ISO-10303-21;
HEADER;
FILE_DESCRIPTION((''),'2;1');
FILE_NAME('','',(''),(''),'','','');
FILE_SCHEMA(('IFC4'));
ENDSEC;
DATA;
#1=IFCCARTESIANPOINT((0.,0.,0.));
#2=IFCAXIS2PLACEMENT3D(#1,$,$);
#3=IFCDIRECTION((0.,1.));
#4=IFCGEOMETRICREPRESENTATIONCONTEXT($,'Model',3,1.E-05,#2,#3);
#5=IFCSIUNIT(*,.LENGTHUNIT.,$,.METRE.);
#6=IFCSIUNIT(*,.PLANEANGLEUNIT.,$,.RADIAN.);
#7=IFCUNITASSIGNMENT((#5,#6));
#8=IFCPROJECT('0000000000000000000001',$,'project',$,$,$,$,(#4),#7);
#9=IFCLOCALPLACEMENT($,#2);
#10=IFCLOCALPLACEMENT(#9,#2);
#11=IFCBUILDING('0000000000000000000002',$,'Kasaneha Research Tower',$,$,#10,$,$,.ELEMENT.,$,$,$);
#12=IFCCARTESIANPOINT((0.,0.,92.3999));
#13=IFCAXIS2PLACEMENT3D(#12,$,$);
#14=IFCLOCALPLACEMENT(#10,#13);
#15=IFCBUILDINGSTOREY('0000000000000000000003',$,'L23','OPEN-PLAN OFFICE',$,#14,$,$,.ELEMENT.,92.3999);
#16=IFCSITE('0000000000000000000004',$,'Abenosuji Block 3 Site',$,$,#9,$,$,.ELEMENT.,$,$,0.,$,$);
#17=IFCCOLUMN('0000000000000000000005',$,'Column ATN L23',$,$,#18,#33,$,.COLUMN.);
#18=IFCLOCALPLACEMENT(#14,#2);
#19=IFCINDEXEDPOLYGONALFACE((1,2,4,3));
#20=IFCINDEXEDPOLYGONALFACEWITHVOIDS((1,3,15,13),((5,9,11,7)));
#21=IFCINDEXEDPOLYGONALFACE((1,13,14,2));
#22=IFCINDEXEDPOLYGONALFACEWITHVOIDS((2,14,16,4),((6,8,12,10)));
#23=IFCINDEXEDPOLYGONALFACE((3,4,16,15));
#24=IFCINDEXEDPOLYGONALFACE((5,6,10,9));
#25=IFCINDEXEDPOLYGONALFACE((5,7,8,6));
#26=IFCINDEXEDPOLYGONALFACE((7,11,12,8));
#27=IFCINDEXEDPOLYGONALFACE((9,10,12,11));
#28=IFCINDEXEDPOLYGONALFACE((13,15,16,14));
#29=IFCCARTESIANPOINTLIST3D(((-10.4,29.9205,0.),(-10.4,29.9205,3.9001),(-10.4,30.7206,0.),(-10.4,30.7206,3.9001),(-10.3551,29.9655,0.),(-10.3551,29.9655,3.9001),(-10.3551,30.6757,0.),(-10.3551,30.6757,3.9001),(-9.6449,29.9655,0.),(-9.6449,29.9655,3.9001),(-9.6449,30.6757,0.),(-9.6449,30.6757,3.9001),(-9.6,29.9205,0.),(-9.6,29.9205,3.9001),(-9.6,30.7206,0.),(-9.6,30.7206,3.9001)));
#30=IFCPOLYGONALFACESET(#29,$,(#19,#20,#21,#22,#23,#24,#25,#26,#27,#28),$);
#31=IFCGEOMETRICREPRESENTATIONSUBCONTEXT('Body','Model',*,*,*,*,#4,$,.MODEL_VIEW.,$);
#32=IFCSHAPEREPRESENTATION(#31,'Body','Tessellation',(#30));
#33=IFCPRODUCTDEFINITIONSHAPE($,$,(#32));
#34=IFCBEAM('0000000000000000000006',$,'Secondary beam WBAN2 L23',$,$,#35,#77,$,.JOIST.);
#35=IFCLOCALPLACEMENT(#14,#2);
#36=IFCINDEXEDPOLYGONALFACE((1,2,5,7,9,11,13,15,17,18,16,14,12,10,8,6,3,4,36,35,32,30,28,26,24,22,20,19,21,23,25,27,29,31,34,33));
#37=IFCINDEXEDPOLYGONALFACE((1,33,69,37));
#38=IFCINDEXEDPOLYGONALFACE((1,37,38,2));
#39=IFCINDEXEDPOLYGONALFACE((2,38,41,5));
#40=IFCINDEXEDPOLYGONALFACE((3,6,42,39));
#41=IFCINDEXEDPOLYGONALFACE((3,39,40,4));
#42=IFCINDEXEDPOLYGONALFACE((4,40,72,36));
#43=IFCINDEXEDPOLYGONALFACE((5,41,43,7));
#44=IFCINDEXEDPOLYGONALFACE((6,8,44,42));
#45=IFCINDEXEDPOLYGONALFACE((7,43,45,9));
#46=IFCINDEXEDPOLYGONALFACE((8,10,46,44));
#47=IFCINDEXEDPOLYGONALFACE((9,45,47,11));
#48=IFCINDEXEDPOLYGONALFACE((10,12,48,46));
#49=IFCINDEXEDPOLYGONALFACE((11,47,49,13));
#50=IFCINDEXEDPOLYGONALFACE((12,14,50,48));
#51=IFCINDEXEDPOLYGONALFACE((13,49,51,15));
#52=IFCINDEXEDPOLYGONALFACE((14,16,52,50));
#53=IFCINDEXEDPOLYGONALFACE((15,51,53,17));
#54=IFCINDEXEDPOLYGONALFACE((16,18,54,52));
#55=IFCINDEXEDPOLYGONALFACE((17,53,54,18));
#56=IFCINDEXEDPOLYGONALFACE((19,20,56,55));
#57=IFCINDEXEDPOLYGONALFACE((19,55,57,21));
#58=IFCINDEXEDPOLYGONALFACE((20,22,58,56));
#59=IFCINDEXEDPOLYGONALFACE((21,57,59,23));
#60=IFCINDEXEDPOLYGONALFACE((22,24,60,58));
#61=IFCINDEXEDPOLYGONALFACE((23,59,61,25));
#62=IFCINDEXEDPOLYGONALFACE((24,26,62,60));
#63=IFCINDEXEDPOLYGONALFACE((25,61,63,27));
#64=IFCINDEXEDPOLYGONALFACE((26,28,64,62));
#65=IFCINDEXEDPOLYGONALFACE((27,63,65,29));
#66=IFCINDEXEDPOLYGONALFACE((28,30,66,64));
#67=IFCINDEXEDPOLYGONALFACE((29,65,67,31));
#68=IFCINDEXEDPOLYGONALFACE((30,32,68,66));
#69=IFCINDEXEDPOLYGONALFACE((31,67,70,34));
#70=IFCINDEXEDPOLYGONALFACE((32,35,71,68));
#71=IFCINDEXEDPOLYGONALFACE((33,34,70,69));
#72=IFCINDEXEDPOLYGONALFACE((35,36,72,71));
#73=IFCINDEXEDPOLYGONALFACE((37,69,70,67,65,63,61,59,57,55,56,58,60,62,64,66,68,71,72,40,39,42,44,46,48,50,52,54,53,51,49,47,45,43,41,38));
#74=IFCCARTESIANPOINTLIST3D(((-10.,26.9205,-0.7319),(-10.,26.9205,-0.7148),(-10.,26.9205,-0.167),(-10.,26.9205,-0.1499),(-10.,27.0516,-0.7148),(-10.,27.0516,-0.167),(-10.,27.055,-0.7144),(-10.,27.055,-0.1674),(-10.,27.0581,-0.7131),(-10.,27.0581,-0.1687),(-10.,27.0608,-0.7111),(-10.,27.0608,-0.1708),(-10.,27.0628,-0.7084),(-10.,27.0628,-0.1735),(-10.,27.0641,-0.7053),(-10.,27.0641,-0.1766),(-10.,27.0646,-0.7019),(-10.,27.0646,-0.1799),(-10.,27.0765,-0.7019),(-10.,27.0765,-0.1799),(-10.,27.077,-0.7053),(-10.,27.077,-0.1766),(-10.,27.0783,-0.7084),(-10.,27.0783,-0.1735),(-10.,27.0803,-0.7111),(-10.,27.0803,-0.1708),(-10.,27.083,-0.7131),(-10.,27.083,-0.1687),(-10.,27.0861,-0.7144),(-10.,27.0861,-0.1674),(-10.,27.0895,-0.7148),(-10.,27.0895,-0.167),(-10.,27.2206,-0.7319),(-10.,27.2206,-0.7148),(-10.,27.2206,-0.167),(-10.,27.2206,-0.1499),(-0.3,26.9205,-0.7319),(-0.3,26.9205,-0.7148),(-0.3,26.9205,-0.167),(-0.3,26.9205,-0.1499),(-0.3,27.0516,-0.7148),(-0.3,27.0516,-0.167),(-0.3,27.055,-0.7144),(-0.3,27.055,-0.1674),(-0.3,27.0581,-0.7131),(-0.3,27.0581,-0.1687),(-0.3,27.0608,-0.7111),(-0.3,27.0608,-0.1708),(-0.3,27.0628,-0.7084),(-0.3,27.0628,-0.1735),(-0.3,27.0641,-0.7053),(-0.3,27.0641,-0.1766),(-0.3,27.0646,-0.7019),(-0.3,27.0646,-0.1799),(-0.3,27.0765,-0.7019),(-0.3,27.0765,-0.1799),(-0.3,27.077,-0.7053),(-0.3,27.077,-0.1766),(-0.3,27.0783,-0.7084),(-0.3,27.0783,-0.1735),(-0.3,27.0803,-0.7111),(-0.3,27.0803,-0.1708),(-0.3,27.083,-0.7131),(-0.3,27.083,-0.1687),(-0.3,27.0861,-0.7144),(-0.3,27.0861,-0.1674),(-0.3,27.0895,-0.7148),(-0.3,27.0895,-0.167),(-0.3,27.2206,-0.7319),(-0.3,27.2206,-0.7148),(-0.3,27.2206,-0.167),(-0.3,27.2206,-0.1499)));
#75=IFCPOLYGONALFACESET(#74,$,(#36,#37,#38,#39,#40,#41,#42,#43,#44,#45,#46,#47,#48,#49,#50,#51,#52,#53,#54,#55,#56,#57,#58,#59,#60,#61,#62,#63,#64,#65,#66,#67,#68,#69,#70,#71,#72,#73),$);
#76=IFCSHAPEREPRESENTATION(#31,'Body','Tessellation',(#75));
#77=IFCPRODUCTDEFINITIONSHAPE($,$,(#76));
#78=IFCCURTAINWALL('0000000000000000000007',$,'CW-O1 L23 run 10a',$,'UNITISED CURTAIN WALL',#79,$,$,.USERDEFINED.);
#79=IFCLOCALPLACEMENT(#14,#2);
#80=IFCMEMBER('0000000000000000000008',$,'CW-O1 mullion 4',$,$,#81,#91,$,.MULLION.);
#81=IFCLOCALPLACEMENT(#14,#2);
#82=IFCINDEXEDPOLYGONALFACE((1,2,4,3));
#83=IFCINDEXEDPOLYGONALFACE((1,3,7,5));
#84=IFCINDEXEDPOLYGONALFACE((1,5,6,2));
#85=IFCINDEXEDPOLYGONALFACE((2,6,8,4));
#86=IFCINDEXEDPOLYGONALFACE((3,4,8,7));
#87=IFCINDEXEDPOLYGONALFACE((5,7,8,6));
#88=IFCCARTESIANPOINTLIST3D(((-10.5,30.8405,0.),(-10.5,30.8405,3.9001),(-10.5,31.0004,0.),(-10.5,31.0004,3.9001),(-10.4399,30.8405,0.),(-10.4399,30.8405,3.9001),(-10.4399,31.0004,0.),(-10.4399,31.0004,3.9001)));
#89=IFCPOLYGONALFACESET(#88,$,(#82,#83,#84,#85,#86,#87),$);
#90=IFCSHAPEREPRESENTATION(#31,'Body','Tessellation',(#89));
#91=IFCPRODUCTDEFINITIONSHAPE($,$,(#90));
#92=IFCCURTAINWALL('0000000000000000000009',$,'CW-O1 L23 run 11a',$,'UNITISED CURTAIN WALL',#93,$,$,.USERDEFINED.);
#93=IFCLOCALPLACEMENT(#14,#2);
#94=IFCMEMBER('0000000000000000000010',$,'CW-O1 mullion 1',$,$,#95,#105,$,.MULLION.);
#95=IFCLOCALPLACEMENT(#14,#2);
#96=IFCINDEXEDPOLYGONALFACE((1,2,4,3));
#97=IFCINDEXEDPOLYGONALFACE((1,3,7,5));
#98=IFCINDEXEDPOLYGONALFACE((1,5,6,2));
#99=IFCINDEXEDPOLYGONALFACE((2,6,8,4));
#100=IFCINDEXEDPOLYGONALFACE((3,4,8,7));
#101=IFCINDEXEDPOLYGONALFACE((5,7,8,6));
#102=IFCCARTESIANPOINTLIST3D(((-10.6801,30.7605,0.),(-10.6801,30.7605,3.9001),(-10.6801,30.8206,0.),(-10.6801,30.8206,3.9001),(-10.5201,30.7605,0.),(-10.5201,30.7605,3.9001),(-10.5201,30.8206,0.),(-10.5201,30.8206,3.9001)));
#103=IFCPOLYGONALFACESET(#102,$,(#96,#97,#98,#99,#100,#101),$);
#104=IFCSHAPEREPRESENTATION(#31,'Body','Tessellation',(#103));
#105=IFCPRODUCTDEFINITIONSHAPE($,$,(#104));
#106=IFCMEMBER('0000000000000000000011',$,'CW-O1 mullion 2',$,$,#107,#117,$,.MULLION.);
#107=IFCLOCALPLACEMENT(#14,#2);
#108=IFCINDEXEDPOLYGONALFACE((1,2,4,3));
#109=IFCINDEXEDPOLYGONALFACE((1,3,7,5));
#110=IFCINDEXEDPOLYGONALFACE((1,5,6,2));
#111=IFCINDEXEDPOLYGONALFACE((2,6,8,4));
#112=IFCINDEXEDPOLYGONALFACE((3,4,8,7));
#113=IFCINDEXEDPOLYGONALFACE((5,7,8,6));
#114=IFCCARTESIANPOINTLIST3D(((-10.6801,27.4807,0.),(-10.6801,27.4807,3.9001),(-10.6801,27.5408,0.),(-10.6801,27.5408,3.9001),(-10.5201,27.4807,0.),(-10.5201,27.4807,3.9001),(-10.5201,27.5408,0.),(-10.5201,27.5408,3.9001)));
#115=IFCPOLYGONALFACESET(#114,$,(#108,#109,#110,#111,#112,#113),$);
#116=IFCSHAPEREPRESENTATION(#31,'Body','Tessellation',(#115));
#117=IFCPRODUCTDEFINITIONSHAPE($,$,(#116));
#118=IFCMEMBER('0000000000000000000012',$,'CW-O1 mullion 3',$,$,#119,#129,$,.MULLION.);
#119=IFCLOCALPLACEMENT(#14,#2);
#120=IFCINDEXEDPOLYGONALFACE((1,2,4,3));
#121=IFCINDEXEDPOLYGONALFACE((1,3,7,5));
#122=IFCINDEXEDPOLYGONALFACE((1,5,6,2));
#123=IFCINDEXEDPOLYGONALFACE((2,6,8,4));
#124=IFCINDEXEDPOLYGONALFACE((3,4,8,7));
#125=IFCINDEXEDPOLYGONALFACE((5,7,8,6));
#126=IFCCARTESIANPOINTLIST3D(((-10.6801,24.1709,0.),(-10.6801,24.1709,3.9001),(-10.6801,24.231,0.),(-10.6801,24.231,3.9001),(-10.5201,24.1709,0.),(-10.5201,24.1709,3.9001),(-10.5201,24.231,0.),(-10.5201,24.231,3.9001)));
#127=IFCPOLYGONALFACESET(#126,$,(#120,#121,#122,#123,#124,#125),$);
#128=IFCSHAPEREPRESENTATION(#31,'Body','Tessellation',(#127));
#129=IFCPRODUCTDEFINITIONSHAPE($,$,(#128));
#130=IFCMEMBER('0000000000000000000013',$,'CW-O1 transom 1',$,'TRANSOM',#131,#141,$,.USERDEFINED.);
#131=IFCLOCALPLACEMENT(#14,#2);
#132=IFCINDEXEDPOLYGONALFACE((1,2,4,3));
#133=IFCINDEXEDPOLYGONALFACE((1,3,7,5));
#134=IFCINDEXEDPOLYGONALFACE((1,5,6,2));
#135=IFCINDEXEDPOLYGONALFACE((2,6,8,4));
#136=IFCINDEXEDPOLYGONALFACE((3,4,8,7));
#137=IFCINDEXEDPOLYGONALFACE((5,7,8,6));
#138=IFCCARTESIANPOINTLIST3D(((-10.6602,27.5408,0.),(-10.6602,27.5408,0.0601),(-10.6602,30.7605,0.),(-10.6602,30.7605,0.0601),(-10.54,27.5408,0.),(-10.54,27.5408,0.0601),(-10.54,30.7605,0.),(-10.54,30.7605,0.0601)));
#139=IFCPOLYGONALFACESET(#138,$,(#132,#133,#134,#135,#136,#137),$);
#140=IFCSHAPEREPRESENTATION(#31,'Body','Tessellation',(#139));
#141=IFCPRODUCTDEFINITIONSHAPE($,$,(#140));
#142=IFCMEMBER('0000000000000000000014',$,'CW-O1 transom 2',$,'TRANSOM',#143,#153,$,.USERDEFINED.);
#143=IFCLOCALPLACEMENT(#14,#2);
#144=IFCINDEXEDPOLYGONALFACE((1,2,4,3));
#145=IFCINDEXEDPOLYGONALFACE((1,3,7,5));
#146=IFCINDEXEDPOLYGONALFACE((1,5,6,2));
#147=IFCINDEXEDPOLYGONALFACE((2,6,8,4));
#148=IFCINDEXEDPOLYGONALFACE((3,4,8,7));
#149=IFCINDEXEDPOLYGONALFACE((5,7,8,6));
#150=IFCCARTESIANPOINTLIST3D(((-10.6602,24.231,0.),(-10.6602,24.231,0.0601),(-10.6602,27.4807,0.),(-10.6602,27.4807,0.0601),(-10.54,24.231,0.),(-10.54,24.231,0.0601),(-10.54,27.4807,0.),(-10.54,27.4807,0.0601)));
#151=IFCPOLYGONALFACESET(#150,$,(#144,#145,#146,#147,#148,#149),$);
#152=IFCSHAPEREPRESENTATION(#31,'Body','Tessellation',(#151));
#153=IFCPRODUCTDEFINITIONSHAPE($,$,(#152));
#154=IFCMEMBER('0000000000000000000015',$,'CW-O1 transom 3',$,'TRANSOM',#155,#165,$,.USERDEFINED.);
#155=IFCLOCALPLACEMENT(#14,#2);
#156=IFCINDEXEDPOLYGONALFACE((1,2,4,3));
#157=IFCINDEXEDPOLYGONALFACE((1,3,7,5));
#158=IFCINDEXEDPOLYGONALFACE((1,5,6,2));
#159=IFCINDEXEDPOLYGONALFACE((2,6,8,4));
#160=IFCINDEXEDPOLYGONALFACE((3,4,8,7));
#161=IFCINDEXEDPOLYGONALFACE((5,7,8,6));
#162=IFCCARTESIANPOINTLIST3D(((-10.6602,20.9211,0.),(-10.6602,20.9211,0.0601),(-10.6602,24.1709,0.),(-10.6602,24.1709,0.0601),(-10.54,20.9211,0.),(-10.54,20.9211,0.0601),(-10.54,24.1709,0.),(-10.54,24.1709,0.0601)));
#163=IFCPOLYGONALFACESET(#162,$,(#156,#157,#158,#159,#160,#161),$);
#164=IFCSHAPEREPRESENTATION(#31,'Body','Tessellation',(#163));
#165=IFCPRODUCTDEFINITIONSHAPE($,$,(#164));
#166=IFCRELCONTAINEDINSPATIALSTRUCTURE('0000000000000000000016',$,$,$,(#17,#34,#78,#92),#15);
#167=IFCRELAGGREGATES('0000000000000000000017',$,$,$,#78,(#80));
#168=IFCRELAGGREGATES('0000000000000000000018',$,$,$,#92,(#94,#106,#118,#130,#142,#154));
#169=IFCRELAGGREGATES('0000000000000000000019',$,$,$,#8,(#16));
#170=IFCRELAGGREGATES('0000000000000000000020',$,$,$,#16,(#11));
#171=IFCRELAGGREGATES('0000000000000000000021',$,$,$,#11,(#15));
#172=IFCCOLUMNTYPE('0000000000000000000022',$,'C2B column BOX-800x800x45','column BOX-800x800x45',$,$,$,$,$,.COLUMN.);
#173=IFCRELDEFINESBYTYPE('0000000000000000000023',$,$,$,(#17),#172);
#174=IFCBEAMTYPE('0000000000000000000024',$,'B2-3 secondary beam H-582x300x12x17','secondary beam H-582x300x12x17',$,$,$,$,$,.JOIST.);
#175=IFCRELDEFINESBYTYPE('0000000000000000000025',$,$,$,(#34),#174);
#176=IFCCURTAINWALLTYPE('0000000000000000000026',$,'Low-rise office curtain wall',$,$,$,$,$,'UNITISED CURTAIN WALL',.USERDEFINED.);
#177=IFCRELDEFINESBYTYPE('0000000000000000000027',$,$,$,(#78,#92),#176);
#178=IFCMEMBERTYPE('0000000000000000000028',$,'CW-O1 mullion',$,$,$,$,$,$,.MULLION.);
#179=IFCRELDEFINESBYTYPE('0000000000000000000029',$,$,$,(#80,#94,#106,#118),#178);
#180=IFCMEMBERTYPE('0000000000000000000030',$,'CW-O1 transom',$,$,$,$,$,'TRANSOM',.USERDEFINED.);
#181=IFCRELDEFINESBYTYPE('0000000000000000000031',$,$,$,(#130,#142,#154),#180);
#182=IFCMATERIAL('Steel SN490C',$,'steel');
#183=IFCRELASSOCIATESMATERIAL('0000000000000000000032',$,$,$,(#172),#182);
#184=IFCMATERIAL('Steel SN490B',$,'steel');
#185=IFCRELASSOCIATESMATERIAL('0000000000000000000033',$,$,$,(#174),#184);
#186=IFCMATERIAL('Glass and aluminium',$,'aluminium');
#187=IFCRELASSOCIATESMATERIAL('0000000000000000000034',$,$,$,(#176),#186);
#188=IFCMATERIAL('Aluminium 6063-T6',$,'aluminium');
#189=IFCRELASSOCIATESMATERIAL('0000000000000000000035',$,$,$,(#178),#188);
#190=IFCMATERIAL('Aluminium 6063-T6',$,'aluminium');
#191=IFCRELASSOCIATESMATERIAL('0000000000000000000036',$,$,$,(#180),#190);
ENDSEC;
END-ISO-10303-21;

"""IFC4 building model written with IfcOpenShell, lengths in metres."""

from ifc_helpers import new_model, si_unit, direction, frame, origin, origin_2d, place, context, subcontext, project, spatial, rectangle, hollow_rectangle, i_section, extrude, material, material_profile, profile_set, type_object, element, aggregate, save


model = new_model("IFC4")

# Units and contexts
model_context = context("Model", 3, precision=1e-05, world=origin(), true_north=direction((0.0, 1.0)))
body_context = subcontext(model_context, "Body", "Model", "MODEL_VIEW")
ifc_project = project(units=[si_unit("LENGTHUNIT", "METRE"), si_unit("PLANEANGLEUNIT", "RADIAN")], contexts=[model_context])

# Site, building, storey
site_placement = place(None, origin())
site = spatial("IfcSite", under=ifc_project, at=site_placement, Name="Abenosuji Block 3 Site", CompositionType="ELEMENT", RefElevation=0.0)
building_placement = place(site_placement, origin())
building = spatial("IfcBuilding", under=site, at=building_placement, Name="Kasaneha Research Tower", CompositionType="ELEMENT")
storey_placement = place(building_placement, frame((0.0, 0.0, 92.3999)))
storey = spatial("IfcBuildingStorey", under=building, at=storey_placement, Name="L23", Description="OPEN-PLAN OFFICE", CompositionType="ELEMENT", Elevation=92.3999)

# Column
ifc_material_1 = material(Name="Steel SN490C", Category="steel")
ifc_material_profile_1 = material_profile(ifc_material_1, hollow_rectangle(XDim=0.8, YDim=0.8, WallThickness=0.0449, at=origin_2d()), Name="BOX-800x800x45")
ifc_profile_set_1 = profile_set([ifc_material_profile_1], Name="Steel SN490C")
column_type = type_object("IfcColumnType", Name="C2B column BOX-800x800x45", Description="column BOX-800x800x45", PredefinedType="COLUMN", material=ifc_profile_set_1)
column_placement = place(storey_placement, frame((-10.0, 30.3206, 0.0), z_axis=(0.0, 0.0, 1.0), x_axis=(1.0, 0.0, 0.0)))
element("IfcColumn", 1, at=column_placement, inside=storey, type_object=column_type, Name="Column ATN L23", PredefinedType="COLUMN", context=body_context, shape_type="SweptSolid", body=[
    extrude(hollow_rectangle(XDim=0.8, YDim=0.8, WallThickness=0.0449, at=origin_2d()), origin(), (0.0, 0.0, 1.0), 3.9001),
])

# Beam
ifc_material_2 = material(Name="Steel SN490B", Category="steel")
ifc_material_profile_2 = material_profile(ifc_material_2, i_section(OverallWidth=0.3, OverallDepth=0.582, WebThickness=0.012, FlangeThickness=0.0171, FilletRadius=0.0129, at=origin_2d()), Name="H-582x300x12x17")
ifc_profile_set_2 = profile_set([ifc_material_profile_2], Name="Steel SN490B")
beam_type_1 = type_object("IfcBeamType", Name="B2-3 secondary beam H-582x300x12x17", Description="secondary beam H-582x300x12x17", PredefinedType="JOIST", material=ifc_profile_set_2)
beam_1_placement = place(storey_placement, frame((-10.0, 27.0706, -0.4409), z_axis=(1.0, 0.0, 0.0), x_axis=(0.0, 1.0, 0.0)))
element("IfcBeam", 2, at=beam_1_placement, inside=storey, type_object=beam_type_1, Name="Secondary beam WBAN2 L23", PredefinedType="JOIST", context=body_context, shape_type="SweptSolid", body=[
    extrude(i_section(OverallWidth=0.3, OverallDepth=0.582, WebThickness=0.012, FlangeThickness=0.0171, FilletRadius=0.0129, at=origin_2d()), origin(), (0.0, 0.0, 1.0), 9.7),
])

# Curtain wall, member
ifc_material_3 = material(Name="Glass and aluminium", Category="aluminium")
curtain_wall_type = type_object("IfcCurtainWallType", Name="Low-rise office curtain wall", ElementType="UNITISED CURTAIN WALL", PredefinedType="USERDEFINED", material=ifc_material_3)
curtain_wall_1_placement = place(storey_placement, origin())
curtain_wall_1 = element("IfcCurtainWall", 3, at=curtain_wall_1_placement, inside=storey, type_object=curtain_wall_type, Name="CW-O1 L23 run 10a", ObjectType="UNITISED CURTAIN WALL", PredefinedType="USERDEFINED")
ifc_material_4 = material(Name="Aluminium 6063-T6", Category="aluminium")
ifc_material_profile_3 = material_profile(ifc_material_4, rectangle(XDim=0.0601, YDim=0.1599, at=origin_2d()), Name="CW-O1 mullion 60x160")
ifc_profile_set_3 = profile_set([ifc_material_profile_3], Name="Aluminium 6063-T6")
member_type_1 = type_object("IfcMemberType", Name="CW-O1 mullion", PredefinedType="MULLION", material=ifc_profile_set_3)
member_1_placement = place(storey_placement, frame((-10.47, 30.9204, 0.0), z_axis=(0.0, 0.0, 1.0), x_axis=(-1.0, 0.0, 0.0)))
member_1 = element("IfcMember", 4, at=member_1_placement, type_object=member_type_1, Name="CW-O1 mullion 4", PredefinedType="MULLION", context=body_context, shape_type="SweptSolid", body=[
    extrude(rectangle(XDim=0.0601, YDim=0.1599, at=origin_2d()), origin(), (0.0, 0.0, 1.0), 3.9001),
])
aggregate(curtain_wall_1, [member_1])

# Curtain wall, members
curtain_wall_2_placement = place(storey_placement, origin())
curtain_wall_2 = element("IfcCurtainWall", 5, at=curtain_wall_2_placement, inside=storey, type_object=curtain_wall_type, Name="CW-O1 L23 run 11a", ObjectType="UNITISED CURTAIN WALL", PredefinedType="USERDEFINED")
member_2_placement = place(storey_placement, frame((-10.6001, 30.7905, 0.0), z_axis=(0.0, 0.0, 1.0), x_axis=(0.0, -1.0, 0.0)))
member_2 = element("IfcMember", 6, at=member_2_placement, type_object=member_type_1, Name="CW-O1 mullion 1", PredefinedType="MULLION", context=body_context, shape_type="SweptSolid", body=[
    extrude(rectangle(XDim=0.0601, YDim=0.1599, at=origin_2d()), origin(), (0.0, 0.0, 1.0), 3.9001),
])
member_3_placement = place(storey_placement, frame((-10.6001, 27.5107, 0.0), z_axis=(0.0, 0.0, 1.0), x_axis=(0.0, -1.0, 0.0)))
member_3 = element("IfcMember", 7, at=member_3_placement, type_object=member_type_1, Name="CW-O1 mullion 2", PredefinedType="MULLION", context=body_context, shape_type="SweptSolid", body=[
    extrude(rectangle(XDim=0.0601, YDim=0.1599, at=origin_2d()), origin(), (0.0, 0.0, 1.0), 3.9001),
])
member_4_placement = place(storey_placement, frame((-10.6001, 24.2009, 0.0), z_axis=(0.0, 0.0, 1.0), x_axis=(0.0, -1.0, 0.0)))
member_4 = element("IfcMember", 8, at=member_4_placement, type_object=member_type_1, Name="CW-O1 mullion 3", PredefinedType="MULLION", context=body_context, shape_type="SweptSolid", body=[
    extrude(rectangle(XDim=0.0601, YDim=0.1599, at=origin_2d()), origin(), (0.0, 0.0, 1.0), 3.9001),
])
ifc_material_5 = material(Name="Aluminium 6063-T6", Category="aluminium")
ifc_material_profile_4 = material_profile(ifc_material_5, rectangle(XDim=0.1201, YDim=0.0601, at=origin_2d()), Name="CW-O1 transom 120x60")
ifc_profile_set_4 = profile_set([ifc_material_profile_4], Name="Aluminium 6063-T6")
member_type_2 = type_object("IfcMemberType", Name="CW-O1 transom", ElementType="TRANSOM", PredefinedType="USERDEFINED", material=ifc_profile_set_4)
member_5_placement = place(storey_placement, frame((-10.6001, 30.7605, 0.03), z_axis=(0.0, -1.0, 0.0), x_axis=(1.0, 0.0, 0.0)))
member_5 = element("IfcMember", 9, at=member_5_placement, type_object=member_type_2, Name="CW-O1 transom 1", ObjectType="TRANSOM", PredefinedType="USERDEFINED", context=body_context, shape_type="SweptSolid", body=[
    extrude(rectangle(XDim=0.1201, YDim=0.0601, at=origin_2d()), origin(), (0.0, 0.0, 1.0), 3.2197),
])
member_6_placement = place(storey_placement, frame((-10.6001, 27.4807, 0.03), z_axis=(0.0, -1.0, 0.0), x_axis=(1.0, 0.0, 0.0)))
member_6 = element("IfcMember", 10, at=member_6_placement, type_object=member_type_2, Name="CW-O1 transom 2", ObjectType="TRANSOM", PredefinedType="USERDEFINED", context=body_context, shape_type="SweptSolid", body=[
    extrude(rectangle(XDim=0.1201, YDim=0.0601, at=origin_2d()), origin(), (0.0, 0.0, 1.0), 3.2498),
])
member_7_placement = place(storey_placement, frame((-10.6001, 24.1709, 0.03), z_axis=(0.0, -1.0, 0.0), x_axis=(1.0, 0.0, 0.0)))
member_7 = element("IfcMember", 11, at=member_7_placement, type_object=member_type_2, Name="CW-O1 transom 3", ObjectType="TRANSOM", PredefinedType="USERDEFINED", context=body_context, shape_type="SweptSolid", body=[
    extrude(rectangle(XDim=0.1201, YDim=0.0601, at=origin_2d()), origin(), (0.0, 0.0, 1.0), 3.2498),
])

aggregate(curtain_wall_2, [member_2, member_3, member_4, member_5, member_6, member_7])

save(model, "model.ifc")
